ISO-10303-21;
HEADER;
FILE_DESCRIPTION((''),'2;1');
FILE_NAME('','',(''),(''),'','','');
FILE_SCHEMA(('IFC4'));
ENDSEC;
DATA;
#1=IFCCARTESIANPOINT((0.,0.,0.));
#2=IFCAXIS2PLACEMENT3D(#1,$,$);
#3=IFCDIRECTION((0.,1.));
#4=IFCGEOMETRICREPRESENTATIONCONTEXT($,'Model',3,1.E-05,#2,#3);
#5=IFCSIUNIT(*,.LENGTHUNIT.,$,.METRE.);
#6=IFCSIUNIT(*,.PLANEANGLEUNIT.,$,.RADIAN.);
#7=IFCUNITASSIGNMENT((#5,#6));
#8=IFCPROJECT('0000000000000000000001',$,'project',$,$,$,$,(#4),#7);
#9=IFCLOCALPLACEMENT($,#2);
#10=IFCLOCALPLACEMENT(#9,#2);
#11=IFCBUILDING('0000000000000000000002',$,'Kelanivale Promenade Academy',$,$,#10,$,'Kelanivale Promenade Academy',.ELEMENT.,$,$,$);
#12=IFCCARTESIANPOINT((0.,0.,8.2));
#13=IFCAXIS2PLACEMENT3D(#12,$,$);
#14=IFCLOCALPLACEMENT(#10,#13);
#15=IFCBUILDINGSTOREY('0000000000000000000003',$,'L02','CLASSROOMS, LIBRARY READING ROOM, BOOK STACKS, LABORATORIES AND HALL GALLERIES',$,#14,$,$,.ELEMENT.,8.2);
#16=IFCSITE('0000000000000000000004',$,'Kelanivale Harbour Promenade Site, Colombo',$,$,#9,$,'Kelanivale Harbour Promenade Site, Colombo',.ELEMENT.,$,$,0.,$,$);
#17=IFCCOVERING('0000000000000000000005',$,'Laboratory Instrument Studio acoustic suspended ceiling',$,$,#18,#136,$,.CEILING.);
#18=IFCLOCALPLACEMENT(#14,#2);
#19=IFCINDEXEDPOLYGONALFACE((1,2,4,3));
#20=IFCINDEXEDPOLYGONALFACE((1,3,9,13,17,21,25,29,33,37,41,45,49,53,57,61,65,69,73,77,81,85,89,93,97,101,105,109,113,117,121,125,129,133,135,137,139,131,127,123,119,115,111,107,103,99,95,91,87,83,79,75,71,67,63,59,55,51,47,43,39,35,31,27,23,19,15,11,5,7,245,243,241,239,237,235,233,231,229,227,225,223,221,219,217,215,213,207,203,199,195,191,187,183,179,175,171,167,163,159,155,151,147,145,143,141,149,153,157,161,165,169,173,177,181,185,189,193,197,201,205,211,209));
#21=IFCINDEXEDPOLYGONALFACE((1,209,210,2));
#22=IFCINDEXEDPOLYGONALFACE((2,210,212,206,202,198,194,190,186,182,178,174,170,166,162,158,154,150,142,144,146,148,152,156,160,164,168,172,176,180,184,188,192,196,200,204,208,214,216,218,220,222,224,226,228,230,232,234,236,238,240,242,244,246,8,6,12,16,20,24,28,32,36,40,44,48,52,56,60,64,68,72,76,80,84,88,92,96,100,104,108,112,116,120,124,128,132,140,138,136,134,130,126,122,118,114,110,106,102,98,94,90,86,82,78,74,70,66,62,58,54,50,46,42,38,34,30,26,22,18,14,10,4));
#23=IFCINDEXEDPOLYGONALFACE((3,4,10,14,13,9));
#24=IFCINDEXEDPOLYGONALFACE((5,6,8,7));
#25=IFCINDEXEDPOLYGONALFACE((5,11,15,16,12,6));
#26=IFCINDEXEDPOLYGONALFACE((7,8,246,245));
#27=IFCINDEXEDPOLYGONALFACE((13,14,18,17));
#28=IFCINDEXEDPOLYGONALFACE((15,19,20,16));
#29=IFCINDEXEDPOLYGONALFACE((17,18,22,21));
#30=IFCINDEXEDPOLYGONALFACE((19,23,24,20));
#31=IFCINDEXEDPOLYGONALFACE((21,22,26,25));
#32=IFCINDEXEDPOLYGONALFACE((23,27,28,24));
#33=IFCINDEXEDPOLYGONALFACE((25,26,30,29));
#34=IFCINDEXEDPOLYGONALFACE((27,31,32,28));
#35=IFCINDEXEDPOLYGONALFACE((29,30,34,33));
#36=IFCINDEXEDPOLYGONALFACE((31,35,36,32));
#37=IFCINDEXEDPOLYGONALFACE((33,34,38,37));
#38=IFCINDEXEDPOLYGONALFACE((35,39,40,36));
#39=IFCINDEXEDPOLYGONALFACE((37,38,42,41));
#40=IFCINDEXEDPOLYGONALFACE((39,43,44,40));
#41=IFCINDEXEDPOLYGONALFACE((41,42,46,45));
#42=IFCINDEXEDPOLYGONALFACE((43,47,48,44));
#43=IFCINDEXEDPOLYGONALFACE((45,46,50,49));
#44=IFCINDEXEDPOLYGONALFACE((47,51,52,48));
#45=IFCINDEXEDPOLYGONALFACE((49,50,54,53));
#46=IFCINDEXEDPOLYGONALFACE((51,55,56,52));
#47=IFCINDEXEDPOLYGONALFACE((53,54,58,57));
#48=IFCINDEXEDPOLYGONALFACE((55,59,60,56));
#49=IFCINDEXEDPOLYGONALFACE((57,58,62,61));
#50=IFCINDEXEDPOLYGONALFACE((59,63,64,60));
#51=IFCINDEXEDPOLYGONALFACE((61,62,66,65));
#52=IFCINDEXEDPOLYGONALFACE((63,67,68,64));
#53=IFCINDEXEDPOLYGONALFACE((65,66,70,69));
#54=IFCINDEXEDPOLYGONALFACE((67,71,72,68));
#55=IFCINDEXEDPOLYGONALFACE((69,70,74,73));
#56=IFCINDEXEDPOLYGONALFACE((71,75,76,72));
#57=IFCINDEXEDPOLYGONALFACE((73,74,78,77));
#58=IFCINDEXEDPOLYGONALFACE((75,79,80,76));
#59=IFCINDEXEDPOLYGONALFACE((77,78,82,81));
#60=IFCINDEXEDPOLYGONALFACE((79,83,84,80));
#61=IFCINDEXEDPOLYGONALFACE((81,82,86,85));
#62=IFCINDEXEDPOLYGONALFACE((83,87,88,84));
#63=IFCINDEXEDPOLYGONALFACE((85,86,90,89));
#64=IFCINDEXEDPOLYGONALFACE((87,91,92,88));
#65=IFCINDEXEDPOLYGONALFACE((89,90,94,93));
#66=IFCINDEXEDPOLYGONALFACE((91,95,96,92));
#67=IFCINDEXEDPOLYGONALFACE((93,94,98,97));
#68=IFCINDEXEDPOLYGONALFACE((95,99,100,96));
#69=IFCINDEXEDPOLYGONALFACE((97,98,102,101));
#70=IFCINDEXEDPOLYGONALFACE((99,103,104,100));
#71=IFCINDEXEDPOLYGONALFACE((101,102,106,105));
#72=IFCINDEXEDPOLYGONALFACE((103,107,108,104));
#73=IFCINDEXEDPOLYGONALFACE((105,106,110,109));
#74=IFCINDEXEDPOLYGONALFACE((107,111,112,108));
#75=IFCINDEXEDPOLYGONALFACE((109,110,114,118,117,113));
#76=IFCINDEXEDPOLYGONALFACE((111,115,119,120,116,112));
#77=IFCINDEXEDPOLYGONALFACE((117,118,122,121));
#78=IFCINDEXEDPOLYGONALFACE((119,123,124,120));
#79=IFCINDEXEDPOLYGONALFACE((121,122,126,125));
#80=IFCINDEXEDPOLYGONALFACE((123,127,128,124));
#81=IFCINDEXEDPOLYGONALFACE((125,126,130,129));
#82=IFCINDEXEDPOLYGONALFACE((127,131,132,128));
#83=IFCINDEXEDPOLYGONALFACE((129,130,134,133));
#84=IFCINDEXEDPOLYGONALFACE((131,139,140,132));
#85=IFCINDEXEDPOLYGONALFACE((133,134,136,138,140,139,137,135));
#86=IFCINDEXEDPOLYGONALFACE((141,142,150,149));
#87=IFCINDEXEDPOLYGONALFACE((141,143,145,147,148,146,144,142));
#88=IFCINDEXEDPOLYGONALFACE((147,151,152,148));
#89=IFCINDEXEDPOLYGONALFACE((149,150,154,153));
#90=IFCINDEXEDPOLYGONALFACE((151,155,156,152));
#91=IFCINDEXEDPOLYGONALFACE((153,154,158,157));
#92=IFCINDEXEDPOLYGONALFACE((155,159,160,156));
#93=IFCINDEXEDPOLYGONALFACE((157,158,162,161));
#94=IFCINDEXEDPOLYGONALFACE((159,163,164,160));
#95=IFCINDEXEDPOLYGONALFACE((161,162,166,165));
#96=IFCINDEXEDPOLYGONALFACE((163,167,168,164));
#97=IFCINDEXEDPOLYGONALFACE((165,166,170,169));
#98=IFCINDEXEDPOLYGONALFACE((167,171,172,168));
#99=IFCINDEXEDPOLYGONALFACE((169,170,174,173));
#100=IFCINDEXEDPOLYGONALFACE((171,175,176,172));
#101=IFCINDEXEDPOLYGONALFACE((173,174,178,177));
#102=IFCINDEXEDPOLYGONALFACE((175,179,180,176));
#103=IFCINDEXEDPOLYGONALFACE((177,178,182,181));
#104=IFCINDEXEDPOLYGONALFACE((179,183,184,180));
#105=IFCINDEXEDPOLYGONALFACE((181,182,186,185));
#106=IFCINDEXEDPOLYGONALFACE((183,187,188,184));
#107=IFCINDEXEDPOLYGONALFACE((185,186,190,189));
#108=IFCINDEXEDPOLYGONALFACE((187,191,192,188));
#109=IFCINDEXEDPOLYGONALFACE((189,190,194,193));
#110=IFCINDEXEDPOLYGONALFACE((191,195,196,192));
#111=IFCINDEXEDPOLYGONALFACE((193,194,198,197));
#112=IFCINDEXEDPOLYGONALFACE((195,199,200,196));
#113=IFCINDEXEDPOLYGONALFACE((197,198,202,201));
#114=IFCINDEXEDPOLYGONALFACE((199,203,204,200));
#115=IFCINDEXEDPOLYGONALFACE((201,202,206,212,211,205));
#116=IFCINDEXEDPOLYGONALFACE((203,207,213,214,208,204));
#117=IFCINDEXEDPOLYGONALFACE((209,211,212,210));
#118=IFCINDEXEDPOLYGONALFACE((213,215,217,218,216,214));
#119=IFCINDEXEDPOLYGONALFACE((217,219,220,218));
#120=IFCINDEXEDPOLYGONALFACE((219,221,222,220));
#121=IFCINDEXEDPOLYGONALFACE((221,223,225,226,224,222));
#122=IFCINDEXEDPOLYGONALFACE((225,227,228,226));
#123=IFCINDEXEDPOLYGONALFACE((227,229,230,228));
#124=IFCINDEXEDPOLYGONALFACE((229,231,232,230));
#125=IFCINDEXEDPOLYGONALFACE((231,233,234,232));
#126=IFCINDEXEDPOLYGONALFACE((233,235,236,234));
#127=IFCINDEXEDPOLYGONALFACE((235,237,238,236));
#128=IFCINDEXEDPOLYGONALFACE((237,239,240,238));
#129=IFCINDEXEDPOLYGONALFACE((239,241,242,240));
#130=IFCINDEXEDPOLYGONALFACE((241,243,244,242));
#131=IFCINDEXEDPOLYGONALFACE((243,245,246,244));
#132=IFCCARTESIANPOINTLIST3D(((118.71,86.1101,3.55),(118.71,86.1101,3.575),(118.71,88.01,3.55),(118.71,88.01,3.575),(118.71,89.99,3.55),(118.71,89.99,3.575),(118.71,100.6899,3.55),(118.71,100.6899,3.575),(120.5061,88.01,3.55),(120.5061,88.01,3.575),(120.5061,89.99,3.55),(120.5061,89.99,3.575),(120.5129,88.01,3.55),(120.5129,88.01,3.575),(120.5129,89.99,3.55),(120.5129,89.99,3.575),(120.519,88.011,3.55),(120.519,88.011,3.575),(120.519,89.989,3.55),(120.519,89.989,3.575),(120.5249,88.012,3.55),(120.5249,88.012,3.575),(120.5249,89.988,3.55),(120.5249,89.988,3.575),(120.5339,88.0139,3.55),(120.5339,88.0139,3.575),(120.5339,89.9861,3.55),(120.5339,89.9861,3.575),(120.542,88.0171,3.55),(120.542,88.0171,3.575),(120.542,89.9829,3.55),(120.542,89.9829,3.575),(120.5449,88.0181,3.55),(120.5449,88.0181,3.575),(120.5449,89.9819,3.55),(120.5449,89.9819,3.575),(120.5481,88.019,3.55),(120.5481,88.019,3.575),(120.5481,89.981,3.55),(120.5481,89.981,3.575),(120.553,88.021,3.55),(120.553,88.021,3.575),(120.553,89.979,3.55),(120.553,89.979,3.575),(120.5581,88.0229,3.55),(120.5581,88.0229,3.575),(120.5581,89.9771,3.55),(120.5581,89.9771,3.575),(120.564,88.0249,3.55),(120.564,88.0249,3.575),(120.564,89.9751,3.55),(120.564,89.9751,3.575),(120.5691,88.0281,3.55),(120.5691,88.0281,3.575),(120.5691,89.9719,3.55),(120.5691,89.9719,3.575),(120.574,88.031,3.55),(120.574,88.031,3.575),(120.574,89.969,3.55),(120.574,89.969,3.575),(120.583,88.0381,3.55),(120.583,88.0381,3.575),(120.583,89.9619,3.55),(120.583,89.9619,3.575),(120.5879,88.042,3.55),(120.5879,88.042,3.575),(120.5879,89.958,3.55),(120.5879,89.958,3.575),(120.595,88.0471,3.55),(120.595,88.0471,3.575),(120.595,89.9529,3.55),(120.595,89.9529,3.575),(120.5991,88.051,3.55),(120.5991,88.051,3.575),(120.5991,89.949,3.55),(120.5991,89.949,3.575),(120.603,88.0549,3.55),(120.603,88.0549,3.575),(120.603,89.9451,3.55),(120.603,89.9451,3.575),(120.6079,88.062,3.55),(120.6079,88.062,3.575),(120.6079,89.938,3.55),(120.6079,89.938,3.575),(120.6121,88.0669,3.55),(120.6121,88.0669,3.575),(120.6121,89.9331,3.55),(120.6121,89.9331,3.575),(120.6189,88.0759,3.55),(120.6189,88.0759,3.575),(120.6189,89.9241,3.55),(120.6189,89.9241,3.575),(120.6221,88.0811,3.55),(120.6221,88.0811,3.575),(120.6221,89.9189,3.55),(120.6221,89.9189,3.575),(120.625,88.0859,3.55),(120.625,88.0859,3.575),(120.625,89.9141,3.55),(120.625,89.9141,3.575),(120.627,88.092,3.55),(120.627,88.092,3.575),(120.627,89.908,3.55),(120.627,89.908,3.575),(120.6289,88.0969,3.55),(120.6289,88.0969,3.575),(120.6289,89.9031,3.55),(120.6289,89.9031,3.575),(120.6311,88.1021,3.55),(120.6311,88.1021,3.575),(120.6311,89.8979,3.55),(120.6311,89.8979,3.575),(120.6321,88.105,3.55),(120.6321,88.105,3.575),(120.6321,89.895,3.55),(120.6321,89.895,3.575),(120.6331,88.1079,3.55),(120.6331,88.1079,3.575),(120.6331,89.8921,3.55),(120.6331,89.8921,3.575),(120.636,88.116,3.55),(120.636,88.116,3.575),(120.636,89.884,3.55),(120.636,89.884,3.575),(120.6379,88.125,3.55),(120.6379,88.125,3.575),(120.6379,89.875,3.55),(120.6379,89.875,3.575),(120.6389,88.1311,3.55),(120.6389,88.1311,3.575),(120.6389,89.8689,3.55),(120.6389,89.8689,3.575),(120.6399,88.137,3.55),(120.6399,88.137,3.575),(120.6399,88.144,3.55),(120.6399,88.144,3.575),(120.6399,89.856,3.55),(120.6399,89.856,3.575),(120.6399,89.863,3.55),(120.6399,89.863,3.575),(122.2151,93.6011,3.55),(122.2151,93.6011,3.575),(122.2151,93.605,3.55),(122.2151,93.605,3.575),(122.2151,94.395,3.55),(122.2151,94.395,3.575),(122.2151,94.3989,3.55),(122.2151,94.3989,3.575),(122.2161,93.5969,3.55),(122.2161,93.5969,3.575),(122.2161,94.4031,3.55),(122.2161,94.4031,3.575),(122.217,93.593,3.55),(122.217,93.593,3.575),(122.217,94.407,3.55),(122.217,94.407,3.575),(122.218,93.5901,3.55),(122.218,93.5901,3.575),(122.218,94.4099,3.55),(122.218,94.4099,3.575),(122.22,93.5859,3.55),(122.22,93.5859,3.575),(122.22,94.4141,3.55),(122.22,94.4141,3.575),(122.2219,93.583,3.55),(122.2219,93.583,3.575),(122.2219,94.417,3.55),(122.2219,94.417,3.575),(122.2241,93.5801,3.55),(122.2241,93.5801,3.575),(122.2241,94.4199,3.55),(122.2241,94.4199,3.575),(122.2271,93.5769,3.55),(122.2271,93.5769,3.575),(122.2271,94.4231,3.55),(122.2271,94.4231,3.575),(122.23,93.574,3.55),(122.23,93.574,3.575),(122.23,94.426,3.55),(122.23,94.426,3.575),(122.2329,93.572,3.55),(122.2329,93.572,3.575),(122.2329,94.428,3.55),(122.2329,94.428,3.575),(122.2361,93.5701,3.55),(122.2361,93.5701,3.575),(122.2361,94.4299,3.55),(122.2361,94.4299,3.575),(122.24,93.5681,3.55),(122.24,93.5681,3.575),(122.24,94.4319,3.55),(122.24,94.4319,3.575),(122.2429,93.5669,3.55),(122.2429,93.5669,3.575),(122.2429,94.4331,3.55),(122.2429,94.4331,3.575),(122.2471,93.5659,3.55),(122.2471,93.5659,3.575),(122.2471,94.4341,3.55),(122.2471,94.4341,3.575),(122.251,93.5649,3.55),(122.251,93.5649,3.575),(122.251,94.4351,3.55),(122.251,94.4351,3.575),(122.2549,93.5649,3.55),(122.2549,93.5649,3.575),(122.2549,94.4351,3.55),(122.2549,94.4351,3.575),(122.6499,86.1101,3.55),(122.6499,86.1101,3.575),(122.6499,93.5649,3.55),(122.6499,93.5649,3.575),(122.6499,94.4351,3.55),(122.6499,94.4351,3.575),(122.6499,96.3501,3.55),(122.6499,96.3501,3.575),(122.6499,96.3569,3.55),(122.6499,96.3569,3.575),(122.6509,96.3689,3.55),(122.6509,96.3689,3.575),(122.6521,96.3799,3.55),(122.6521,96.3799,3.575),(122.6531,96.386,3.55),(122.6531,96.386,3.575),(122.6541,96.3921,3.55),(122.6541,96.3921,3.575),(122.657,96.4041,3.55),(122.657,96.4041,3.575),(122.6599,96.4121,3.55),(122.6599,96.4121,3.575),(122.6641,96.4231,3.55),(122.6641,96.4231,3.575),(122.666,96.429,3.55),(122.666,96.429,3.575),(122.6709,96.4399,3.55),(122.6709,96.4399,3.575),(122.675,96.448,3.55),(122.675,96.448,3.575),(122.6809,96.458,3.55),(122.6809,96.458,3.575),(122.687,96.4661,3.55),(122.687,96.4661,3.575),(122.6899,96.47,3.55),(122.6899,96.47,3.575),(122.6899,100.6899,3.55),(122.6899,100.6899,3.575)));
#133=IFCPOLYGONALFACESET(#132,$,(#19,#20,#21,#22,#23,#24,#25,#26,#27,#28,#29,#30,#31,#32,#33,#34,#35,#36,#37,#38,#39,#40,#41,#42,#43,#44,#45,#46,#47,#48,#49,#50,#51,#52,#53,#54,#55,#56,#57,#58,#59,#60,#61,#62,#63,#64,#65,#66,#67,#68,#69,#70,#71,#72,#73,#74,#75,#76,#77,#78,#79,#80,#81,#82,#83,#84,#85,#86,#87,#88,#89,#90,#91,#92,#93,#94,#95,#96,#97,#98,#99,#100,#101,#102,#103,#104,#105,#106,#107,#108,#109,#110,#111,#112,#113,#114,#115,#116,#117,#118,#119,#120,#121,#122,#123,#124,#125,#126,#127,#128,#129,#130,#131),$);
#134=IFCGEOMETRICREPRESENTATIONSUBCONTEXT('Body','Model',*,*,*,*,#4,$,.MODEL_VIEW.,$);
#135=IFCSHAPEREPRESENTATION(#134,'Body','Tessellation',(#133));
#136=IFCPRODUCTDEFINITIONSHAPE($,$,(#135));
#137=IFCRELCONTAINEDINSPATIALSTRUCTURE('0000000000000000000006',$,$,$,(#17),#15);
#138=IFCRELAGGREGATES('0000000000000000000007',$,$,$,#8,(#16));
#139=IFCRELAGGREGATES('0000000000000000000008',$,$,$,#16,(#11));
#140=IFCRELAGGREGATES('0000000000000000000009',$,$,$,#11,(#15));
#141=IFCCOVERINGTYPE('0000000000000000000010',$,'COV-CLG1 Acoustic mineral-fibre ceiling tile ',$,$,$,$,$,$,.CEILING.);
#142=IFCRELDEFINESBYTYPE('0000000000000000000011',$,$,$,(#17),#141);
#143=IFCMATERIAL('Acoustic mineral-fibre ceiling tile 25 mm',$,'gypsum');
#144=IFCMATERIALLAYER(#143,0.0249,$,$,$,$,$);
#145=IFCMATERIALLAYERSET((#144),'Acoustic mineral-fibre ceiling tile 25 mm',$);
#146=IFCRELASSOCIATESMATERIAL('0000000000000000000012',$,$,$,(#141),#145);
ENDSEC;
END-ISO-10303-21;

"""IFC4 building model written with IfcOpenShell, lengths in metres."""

from ifc_helpers import new_model, si_unit, direction, frame, origin, place, context, subcontext, project, spatial, polyline, outline, extrude, material, layer, layer_set, type_object, element, save


model = new_model("IFC4")

# Units and contexts
model_context = context("Model", 3, precision=1e-05, world=origin(), true_north=direction((0.0, 1.0)))
body_context = subcontext(model_context, "Body", "Model", "MODEL_VIEW")
ifc_project = project(units=[si_unit("LENGTHUNIT", "METRE"), si_unit("PLANEANGLEUNIT", "RADIAN")], contexts=[model_context])

# Site, building, storey
site_placement = place(None, origin())
site = spatial("IfcSite", under=ifc_project, at=site_placement, Name="Kelanivale Harbour Promenade Site, Colombo", LongName="Kelanivale Harbour Promenade Site, Colombo", CompositionType="ELEMENT", RefElevation=0.0)
building_placement = place(site_placement, origin())
building = spatial("IfcBuilding", under=site, at=building_placement, Name="Kelanivale Promenade Academy", LongName="Kelanivale Promenade Academy", CompositionType="ELEMENT")
storey_placement = place(building_placement, frame((0.0, 0.0, 8.2)))
storey = spatial("IfcBuildingStorey", under=building, at=storey_placement, Name="L02", Description="CLASSROOMS, LIBRARY READING ROOM, BOOK STACKS, LABORATORIES AND HALL GALLERIES", CompositionType="ELEMENT", Elevation=8.2)

# Covering
ifc_material_1 = material(Name="Acoustic mineral-fibre ceiling tile 25 mm", Category="gypsum")
ifc_layer_1 = layer(ifc_material_1, 0.0249)
ifc_layer_set_1 = layer_set([ifc_layer_1], Name="Acoustic mineral-fibre ceiling tile 25 mm")
covering_type_1 = type_object("IfcCoveringType", Name="COV-CLG1 Acoustic mineral-fibre ceiling tile ", PredefinedType="CEILING", material=ifc_layer_set_1)
covering_1_placement = place(storey_placement, frame((0.0, 0.0, 3.55)))
element("IfcCovering", 1, at=covering_1_placement, inside=storey, type_object=covering_type_1, Name="Laboratory Instrument Studio acoustic suspended ceiling", PredefinedType="CEILING", context=body_context, shape_type="SweptSolid", body=[
    extrude(outline(polyline([(122.6641, 96.4231), (122.666, 96.429), (122.6709, 96.4399), (122.675, 96.448), (122.6809, 96.458), (122.687, 96.4661), (122.6899, 96.47), (122.6899, 100.6899), (118.71, 100.6899), (118.71, 89.99), (120.5061, 89.99), (120.5129, 89.99), (120.519, 89.989), (120.5249, 89.988), (120.5339, 89.9861), (120.542, 89.9829), (120.5449, 89.9819), (120.5481, 89.981), (120.553, 89.979), (120.5581, 89.9771), (120.564, 89.9751), (120.5691, 89.9719), (120.574, 89.969), (120.583, 89.9619), (120.5879, 89.958), (120.595, 89.9529), (120.5991, 89.949), (120.603, 89.9451), (120.6079, 89.938), (120.6121, 89.9331), (120.6189, 89.9241), (120.6221, 89.9189), (120.625, 89.9141), (120.627, 89.908), (120.6289, 89.9031), (120.6311, 89.8979), (120.6321, 89.895), (120.6331, 89.8921), (120.636, 89.884), (120.6379, 89.875), (120.6389, 89.8689), (120.6399, 89.863), (120.6399, 89.856), (120.6399, 88.144), (120.6399, 88.137), (120.6389, 88.1311), (120.6379, 88.125), (120.636, 88.116), (120.6331, 88.1079), (120.6321, 88.105), (120.6311, 88.1021), (120.6289, 88.0969), (120.627, 88.092), (120.625, 88.0859), (120.6221, 88.0811), (120.6189, 88.0759), (120.6121, 88.0669), (120.6079, 88.062), (120.603, 88.0549), (120.5991, 88.051), (120.595, 88.0471), (120.5879, 88.042), (120.583, 88.0381), (120.574, 88.031), (120.5691, 88.0281), (120.564, 88.0249), (120.5581, 88.0229), (120.553, 88.021), (120.5481, 88.019), (120.5449, 88.0181), (120.542, 88.0171), (120.5339, 88.0139), (120.5249, 88.012), (120.519, 88.011), (120.5129, 88.01), (120.5061, 88.01), (118.71, 88.01), (118.71, 86.1101), (122.6499, 86.1101), (122.6499, 93.5649), (122.2549, 93.5649), (122.251, 93.5649), (122.2471, 93.5659), (122.2429, 93.5669), (122.24, 93.5681), (122.2361, 93.5701), (122.2329, 93.572), (122.23, 93.574), (122.2271, 93.5769), (122.2241, 93.5801), (122.2219, 93.583), (122.22, 93.5859), (122.218, 93.5901), (122.217, 93.593), (122.2161, 93.5969), (122.2151, 93.6011), (122.2151, 93.605), (122.2151, 94.395), (122.2151, 94.3989), (122.2161, 94.4031), (122.217, 94.407), (122.218, 94.4099), (122.22, 94.4141), (122.2219, 94.417), (122.2241, 94.4199), (122.2271, 94.4231), (122.23, 94.426), (122.2329, 94.428), (122.2361, 94.4299), (122.24, 94.4319), (122.2429, 94.4331), (122.2471, 94.4341), (122.251, 94.4351), (122.2549, 94.4351), (122.6499, 94.4351), (122.6499, 96.3501), (122.6499, 96.3569), (122.6509, 96.3689), (122.6509, 96.3689), (122.6521, 96.3799), (122.6531, 96.386), (122.6541, 96.3921), (122.657, 96.4041), (122.6599, 96.4121), (122.6641, 96.4231)])), origin(), (0.0, 0.0, 1.0), 0.0249),
])

save(model, "model.ifc")
